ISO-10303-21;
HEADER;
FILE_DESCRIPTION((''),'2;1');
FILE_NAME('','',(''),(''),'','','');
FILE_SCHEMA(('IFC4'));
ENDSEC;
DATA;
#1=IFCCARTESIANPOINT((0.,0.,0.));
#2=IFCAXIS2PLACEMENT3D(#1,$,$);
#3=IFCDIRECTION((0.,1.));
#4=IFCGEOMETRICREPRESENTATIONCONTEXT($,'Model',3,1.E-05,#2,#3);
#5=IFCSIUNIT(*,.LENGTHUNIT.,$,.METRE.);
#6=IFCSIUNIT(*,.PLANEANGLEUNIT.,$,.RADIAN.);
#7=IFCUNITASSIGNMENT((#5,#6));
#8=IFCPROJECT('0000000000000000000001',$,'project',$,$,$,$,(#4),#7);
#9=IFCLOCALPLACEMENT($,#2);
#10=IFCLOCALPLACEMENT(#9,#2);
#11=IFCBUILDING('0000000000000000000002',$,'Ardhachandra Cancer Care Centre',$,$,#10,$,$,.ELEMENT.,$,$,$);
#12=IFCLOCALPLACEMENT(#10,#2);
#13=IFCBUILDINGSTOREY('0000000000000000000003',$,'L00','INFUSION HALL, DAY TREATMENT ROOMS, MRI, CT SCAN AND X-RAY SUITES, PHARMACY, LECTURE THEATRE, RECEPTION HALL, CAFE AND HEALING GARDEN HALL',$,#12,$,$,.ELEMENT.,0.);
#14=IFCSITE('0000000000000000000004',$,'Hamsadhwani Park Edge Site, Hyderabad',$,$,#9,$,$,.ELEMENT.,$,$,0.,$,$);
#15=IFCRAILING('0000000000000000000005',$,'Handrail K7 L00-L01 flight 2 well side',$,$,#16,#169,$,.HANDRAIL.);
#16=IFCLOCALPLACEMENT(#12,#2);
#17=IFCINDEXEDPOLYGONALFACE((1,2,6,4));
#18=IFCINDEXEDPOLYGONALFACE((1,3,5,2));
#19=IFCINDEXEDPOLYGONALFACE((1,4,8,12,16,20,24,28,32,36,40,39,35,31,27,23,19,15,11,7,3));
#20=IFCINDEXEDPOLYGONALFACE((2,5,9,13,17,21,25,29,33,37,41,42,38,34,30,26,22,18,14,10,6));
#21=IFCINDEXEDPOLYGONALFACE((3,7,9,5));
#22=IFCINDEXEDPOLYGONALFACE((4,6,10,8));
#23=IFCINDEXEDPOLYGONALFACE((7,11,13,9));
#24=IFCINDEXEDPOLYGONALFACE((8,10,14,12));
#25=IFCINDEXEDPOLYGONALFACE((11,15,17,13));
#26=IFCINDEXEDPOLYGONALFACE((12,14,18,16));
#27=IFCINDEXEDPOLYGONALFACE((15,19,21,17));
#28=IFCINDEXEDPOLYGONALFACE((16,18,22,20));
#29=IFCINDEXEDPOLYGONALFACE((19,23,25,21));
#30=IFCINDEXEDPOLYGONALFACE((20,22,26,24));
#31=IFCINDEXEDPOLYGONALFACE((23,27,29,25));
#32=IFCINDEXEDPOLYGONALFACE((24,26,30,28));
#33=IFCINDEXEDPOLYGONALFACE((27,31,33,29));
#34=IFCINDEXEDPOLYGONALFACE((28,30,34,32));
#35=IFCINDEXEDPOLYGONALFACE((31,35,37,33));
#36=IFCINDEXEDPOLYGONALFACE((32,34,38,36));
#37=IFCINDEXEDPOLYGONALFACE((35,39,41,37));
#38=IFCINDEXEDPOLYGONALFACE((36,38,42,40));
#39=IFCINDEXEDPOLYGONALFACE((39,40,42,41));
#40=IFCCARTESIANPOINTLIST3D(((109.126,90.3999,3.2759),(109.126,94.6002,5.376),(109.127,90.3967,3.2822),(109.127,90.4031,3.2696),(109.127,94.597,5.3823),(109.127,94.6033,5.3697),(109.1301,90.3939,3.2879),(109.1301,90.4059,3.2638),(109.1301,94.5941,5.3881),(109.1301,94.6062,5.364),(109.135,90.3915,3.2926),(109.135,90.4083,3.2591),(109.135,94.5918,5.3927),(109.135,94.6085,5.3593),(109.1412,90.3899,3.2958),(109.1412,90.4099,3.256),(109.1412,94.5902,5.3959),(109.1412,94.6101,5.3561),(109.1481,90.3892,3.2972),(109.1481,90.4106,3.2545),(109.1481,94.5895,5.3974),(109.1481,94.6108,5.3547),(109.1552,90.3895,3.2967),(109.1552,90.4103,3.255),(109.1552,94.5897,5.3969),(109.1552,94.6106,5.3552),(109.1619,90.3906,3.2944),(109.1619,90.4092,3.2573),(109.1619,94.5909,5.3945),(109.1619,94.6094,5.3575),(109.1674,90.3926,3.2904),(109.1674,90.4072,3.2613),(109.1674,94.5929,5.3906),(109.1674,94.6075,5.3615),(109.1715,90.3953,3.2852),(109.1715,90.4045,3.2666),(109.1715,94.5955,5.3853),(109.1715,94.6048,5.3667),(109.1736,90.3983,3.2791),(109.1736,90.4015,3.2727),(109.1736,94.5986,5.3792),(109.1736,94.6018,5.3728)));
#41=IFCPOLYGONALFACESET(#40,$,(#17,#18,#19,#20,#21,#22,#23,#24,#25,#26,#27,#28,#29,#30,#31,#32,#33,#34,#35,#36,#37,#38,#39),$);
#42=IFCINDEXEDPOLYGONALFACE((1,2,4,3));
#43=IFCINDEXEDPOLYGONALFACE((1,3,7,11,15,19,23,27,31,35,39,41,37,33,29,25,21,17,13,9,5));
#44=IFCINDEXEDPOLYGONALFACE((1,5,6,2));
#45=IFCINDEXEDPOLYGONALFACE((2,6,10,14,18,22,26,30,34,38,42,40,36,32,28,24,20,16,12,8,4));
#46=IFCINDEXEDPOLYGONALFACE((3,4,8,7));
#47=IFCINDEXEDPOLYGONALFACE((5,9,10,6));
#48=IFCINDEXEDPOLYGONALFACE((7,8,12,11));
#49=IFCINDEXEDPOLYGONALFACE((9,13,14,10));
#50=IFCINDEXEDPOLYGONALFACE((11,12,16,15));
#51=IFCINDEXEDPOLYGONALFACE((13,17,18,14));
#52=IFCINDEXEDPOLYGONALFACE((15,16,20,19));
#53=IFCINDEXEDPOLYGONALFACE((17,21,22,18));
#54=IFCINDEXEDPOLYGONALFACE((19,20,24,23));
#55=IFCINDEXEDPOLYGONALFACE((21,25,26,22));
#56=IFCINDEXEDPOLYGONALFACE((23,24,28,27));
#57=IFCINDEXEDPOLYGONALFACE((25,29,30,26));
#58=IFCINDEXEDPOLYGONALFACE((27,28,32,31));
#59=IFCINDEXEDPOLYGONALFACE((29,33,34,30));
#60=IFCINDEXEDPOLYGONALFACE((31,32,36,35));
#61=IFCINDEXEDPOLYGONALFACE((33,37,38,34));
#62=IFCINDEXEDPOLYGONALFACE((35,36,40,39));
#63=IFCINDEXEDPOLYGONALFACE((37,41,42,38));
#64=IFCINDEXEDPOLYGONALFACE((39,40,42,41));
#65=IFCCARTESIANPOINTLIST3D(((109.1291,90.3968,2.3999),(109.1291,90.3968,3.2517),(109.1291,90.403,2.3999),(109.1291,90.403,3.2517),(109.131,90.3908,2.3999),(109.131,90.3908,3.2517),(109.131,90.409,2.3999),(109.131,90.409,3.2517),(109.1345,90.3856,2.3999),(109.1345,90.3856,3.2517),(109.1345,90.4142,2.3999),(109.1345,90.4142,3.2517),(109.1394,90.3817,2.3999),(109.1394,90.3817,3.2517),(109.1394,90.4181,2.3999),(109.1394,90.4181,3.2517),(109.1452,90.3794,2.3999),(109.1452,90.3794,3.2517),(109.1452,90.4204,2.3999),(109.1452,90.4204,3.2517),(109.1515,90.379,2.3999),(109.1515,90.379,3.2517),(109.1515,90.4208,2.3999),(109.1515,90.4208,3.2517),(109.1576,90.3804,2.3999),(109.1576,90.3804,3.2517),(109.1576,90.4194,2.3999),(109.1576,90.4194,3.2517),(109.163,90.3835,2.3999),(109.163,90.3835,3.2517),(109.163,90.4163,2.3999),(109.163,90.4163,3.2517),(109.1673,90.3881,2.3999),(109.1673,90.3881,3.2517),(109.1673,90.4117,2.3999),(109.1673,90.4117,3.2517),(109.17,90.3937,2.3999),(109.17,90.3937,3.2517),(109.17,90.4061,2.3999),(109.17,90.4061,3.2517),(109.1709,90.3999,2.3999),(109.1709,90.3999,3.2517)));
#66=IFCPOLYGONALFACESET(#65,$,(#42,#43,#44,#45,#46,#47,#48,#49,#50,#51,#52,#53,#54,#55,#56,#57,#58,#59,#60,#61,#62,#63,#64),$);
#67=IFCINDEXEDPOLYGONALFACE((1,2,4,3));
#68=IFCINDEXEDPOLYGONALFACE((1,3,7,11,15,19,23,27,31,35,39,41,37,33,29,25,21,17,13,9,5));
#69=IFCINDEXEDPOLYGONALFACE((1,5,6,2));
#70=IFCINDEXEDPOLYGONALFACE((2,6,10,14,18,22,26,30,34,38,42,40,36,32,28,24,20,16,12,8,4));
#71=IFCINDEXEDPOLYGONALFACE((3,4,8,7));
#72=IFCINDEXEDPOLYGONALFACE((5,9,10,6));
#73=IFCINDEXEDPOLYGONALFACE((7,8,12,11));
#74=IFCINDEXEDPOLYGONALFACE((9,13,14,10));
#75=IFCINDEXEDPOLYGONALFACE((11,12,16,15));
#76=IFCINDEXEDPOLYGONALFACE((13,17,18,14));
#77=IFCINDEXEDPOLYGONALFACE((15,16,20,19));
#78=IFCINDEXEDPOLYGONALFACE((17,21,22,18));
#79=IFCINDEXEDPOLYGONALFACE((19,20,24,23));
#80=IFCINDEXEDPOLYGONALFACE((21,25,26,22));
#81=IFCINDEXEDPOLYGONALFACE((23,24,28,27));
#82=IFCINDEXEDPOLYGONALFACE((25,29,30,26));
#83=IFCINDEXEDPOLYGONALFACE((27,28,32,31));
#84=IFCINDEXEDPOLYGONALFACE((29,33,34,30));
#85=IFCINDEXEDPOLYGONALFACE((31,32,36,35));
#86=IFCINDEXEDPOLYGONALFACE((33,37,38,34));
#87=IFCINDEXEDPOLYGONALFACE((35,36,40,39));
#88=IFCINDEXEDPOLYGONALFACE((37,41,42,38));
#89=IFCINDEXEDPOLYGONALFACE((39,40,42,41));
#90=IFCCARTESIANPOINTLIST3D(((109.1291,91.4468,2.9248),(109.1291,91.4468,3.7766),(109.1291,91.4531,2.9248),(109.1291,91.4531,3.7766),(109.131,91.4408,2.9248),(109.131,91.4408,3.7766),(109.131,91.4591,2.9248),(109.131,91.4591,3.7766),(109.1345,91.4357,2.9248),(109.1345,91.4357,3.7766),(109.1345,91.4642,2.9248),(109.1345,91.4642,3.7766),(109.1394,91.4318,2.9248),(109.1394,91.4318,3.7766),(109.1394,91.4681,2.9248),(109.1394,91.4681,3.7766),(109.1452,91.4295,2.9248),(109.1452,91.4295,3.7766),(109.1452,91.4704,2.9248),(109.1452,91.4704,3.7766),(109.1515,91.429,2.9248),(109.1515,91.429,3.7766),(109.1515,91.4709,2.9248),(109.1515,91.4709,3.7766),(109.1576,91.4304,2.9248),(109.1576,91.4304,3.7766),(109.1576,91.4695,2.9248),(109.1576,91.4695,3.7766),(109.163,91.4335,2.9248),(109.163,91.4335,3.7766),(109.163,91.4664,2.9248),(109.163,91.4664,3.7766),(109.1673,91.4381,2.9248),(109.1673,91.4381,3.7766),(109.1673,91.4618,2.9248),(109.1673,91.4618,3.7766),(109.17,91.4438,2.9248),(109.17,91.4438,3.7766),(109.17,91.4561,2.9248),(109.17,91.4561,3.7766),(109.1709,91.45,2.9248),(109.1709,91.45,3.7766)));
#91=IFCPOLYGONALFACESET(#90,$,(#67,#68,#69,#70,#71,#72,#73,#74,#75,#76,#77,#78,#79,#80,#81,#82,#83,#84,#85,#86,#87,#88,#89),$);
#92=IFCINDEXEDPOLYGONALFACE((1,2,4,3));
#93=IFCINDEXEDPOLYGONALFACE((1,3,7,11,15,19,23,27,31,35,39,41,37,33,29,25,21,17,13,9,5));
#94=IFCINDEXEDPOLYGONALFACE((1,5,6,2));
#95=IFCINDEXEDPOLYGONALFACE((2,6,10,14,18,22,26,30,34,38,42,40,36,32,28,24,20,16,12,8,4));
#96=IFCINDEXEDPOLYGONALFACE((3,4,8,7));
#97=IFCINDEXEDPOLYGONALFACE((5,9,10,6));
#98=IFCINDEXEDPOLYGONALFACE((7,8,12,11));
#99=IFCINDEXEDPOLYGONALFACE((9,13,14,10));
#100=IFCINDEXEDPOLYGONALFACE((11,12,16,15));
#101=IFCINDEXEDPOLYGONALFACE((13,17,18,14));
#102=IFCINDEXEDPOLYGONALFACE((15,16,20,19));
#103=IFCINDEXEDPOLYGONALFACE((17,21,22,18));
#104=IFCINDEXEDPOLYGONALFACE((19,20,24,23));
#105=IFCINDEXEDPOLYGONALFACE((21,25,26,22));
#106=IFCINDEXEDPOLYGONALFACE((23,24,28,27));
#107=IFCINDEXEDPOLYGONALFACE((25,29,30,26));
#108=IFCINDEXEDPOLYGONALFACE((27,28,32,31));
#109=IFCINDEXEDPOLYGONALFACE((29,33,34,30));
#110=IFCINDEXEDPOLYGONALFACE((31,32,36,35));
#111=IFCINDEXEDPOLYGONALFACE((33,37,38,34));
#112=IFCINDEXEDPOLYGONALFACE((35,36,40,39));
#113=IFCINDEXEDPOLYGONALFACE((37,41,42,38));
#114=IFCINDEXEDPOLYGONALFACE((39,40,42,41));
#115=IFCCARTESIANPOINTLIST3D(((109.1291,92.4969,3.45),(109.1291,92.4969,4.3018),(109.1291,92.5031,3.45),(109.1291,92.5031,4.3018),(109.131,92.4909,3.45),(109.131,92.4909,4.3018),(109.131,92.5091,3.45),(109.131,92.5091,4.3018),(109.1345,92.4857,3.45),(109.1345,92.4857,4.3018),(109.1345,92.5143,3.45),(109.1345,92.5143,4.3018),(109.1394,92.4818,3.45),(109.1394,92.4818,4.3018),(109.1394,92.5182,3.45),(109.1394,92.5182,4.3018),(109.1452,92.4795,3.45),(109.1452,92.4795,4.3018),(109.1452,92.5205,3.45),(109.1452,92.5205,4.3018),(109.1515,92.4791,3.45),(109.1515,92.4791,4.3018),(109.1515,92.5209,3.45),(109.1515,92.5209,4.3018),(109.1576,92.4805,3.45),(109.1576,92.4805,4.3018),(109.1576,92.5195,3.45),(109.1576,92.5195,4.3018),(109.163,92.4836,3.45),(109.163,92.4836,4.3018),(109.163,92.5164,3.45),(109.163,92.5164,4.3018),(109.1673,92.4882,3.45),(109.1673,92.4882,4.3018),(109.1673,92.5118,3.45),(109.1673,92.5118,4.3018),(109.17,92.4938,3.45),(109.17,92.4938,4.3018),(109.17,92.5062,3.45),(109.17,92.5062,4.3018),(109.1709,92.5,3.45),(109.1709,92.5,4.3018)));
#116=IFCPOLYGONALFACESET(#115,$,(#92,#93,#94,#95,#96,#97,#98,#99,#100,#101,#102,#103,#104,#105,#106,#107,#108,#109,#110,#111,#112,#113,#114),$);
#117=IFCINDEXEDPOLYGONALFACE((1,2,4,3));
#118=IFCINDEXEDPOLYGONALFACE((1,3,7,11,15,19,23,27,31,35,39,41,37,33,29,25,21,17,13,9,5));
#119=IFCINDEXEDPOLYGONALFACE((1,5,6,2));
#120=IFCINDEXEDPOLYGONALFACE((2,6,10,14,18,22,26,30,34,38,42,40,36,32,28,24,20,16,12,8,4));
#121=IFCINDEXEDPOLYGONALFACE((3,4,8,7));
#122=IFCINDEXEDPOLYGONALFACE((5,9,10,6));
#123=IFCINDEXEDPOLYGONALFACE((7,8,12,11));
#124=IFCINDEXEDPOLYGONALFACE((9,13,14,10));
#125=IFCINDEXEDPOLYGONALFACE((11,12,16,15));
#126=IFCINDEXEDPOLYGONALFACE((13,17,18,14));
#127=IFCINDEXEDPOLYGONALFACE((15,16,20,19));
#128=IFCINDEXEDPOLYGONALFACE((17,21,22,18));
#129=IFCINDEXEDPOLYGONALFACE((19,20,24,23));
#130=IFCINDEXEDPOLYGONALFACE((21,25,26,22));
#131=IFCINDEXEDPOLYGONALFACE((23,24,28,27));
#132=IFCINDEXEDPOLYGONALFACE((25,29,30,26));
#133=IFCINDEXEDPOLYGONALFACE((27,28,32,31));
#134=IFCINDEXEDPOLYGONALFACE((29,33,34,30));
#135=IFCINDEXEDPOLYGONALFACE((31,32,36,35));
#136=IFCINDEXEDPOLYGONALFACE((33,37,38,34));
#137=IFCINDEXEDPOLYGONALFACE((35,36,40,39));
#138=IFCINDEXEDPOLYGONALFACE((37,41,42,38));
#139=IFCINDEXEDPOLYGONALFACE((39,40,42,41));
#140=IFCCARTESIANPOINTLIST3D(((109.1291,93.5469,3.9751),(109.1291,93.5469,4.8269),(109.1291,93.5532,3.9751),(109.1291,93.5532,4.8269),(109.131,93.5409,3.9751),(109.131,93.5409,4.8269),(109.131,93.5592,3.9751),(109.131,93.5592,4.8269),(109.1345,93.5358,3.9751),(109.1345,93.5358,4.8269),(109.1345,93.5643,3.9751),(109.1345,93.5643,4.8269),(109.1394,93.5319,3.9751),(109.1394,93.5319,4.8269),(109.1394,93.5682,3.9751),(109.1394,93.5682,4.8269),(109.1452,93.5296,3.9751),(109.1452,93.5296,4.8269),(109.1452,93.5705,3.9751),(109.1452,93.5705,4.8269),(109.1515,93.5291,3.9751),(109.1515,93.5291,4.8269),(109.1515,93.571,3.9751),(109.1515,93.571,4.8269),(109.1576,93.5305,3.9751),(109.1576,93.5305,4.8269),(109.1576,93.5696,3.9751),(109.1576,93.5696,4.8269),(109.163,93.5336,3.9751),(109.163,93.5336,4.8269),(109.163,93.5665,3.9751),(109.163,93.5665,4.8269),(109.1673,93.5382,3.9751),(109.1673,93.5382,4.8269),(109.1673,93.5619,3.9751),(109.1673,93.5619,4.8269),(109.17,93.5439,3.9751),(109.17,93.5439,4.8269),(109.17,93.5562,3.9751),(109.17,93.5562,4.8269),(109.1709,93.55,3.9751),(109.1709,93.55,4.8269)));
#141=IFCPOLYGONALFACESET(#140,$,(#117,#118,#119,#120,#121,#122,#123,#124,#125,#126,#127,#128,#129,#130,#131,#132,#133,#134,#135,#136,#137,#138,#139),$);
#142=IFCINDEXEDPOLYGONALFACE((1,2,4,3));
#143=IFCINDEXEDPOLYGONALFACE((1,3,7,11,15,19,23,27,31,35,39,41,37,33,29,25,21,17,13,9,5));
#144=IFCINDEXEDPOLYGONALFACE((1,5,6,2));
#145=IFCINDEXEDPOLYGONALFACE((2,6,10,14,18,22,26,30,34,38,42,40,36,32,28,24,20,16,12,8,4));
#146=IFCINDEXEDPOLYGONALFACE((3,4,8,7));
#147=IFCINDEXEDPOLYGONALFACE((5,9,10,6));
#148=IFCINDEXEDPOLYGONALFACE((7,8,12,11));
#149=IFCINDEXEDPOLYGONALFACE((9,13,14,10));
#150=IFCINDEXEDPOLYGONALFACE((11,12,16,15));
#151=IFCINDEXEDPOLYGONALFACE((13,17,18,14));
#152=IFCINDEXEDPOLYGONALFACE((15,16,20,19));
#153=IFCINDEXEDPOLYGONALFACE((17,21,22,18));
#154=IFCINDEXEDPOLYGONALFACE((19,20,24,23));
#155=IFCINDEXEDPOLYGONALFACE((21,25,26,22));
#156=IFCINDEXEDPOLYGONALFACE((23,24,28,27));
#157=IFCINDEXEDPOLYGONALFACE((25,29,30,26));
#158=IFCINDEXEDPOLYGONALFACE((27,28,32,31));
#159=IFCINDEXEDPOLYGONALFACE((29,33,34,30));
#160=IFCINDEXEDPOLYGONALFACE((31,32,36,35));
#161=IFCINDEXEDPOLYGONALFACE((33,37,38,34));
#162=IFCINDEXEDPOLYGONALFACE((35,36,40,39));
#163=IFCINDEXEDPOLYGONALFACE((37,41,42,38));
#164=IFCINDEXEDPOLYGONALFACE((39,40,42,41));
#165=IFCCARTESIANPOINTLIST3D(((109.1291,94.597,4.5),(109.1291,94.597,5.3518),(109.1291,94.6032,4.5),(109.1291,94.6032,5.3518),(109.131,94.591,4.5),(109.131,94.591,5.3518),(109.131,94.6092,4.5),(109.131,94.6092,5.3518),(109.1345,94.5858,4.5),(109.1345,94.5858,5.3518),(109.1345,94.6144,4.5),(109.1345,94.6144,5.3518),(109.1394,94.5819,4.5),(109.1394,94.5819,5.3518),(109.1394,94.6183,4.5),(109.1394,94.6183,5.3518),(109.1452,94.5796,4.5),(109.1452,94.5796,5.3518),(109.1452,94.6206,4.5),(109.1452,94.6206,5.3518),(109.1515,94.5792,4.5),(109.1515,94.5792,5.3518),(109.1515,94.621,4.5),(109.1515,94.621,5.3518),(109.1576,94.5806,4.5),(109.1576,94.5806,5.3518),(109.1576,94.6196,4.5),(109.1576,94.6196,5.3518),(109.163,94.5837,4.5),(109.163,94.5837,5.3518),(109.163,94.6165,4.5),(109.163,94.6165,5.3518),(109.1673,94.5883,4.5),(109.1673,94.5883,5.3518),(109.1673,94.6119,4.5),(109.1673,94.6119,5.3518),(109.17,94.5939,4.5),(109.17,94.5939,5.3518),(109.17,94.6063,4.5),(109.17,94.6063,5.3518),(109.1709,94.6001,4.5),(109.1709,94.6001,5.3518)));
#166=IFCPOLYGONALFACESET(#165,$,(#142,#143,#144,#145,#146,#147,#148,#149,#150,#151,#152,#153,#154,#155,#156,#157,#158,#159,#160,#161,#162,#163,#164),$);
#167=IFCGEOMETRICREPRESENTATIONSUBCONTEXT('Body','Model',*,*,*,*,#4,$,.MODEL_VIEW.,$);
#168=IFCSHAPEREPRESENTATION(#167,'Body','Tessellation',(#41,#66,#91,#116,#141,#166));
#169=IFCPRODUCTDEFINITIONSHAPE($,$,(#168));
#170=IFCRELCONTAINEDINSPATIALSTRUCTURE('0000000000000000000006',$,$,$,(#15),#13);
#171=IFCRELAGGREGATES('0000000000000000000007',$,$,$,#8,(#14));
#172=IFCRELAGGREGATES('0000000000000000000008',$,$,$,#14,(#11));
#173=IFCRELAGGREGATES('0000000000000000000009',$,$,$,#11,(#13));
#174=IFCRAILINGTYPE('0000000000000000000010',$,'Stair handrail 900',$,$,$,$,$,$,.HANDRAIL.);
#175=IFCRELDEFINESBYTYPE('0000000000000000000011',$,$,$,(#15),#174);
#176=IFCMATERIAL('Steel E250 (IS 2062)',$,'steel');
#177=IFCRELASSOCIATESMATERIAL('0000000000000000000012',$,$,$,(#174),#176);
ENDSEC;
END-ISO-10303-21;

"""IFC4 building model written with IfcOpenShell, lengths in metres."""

from ifc_helpers import new_model, si_unit, direction, frame, origin, origin_2d, place, context, subcontext, project, spatial, circle, extrude, material, type_object, element, save


model = new_model("IFC4")

# Units and contexts
model_context = context("Model", 3, precision=1e-05, world=origin(), true_north=direction((0.0, 1.0)))
body_context = subcontext(model_context, "Body", "Model", "MODEL_VIEW")
ifc_project = project(units=[si_unit("LENGTHUNIT", "METRE"), si_unit("PLANEANGLEUNIT", "RADIAN")], contexts=[model_context])

# Site, building, storey
site_placement = place(None, origin())
site = spatial("IfcSite", under=ifc_project, at=site_placement, Name="Hamsadhwani Park Edge Site, Hyderabad", CompositionType="ELEMENT", RefElevation=0.0)
building_placement = place(site_placement, origin())
building = spatial("IfcBuilding", under=site, at=building_placement, Name="Ardhachandra Cancer Care Centre", CompositionType="ELEMENT")
storey_placement = place(building_placement, origin())
storey = spatial("IfcBuildingStorey", under=building, at=storey_placement, Name="L00", Description="INFUSION HALL, DAY TREATMENT ROOMS, MRI, CT SCAN AND X-RAY SUITES, PHARMACY, LECTURE THEATRE, RECEPTION HALL, CAFE AND HEALING GARDEN HALL", CompositionType="ELEMENT", Elevation=0.0)

# Railing
ifc_material_1 = material(Name="Steel E250 (IS 2062)", Category="steel")
railing_type = type_object("IfcRailingType", Name="Stair handrail 900", PredefinedType="HANDRAIL", material=ifc_material_1)
for number, where, name in (
    (1, (109.1499, 90.3999, 2.3999), "Handrail K7 L00-L01 flight 2 well side"),
):
    element("IfcRailing", number, at=place(storey_placement, frame(where)), inside=storey, type_object=railing_type, Name=name, PredefinedType="HANDRAIL", context=body_context, shape_type="SweptSolid", body=[
        extrude(circle(Radius=0.0239, at=origin_2d()), frame((0.0, 0.0, 0.876), z_axis=(0.0, 0.894427, 0.447214), x_axis=(-1.0, 0.0, 0.0)), (0.0, 0.0, 1.0), 4.696),
        extrude(circle(Radius=0.021, at=origin_2d()), origin(), (0.0, 0.0, 1.0), 0.8518),
        extrude(circle(Radius=0.021, at=origin_2d()), frame((0.0, 1.05, 0.5249)), (0.0, 0.0, 1.0), 0.8518),
        extrude(circle(Radius=0.021, at=origin_2d()), frame((0.0, 2.1001, 1.05)), (0.0, 0.0, 1.0), 0.8518),
        extrude(circle(Radius=0.021, at=origin_2d()), frame((0.0, 3.1501, 1.5752)), (0.0, 0.0, 1.0), 0.8518),
        extrude(circle(Radius=0.021, at=origin_2d()), frame((0.0, 4.2002, 2.1001)), (0.0, 0.0, 1.0), 0.8518),
    ])

save(model, "model.ifc")
